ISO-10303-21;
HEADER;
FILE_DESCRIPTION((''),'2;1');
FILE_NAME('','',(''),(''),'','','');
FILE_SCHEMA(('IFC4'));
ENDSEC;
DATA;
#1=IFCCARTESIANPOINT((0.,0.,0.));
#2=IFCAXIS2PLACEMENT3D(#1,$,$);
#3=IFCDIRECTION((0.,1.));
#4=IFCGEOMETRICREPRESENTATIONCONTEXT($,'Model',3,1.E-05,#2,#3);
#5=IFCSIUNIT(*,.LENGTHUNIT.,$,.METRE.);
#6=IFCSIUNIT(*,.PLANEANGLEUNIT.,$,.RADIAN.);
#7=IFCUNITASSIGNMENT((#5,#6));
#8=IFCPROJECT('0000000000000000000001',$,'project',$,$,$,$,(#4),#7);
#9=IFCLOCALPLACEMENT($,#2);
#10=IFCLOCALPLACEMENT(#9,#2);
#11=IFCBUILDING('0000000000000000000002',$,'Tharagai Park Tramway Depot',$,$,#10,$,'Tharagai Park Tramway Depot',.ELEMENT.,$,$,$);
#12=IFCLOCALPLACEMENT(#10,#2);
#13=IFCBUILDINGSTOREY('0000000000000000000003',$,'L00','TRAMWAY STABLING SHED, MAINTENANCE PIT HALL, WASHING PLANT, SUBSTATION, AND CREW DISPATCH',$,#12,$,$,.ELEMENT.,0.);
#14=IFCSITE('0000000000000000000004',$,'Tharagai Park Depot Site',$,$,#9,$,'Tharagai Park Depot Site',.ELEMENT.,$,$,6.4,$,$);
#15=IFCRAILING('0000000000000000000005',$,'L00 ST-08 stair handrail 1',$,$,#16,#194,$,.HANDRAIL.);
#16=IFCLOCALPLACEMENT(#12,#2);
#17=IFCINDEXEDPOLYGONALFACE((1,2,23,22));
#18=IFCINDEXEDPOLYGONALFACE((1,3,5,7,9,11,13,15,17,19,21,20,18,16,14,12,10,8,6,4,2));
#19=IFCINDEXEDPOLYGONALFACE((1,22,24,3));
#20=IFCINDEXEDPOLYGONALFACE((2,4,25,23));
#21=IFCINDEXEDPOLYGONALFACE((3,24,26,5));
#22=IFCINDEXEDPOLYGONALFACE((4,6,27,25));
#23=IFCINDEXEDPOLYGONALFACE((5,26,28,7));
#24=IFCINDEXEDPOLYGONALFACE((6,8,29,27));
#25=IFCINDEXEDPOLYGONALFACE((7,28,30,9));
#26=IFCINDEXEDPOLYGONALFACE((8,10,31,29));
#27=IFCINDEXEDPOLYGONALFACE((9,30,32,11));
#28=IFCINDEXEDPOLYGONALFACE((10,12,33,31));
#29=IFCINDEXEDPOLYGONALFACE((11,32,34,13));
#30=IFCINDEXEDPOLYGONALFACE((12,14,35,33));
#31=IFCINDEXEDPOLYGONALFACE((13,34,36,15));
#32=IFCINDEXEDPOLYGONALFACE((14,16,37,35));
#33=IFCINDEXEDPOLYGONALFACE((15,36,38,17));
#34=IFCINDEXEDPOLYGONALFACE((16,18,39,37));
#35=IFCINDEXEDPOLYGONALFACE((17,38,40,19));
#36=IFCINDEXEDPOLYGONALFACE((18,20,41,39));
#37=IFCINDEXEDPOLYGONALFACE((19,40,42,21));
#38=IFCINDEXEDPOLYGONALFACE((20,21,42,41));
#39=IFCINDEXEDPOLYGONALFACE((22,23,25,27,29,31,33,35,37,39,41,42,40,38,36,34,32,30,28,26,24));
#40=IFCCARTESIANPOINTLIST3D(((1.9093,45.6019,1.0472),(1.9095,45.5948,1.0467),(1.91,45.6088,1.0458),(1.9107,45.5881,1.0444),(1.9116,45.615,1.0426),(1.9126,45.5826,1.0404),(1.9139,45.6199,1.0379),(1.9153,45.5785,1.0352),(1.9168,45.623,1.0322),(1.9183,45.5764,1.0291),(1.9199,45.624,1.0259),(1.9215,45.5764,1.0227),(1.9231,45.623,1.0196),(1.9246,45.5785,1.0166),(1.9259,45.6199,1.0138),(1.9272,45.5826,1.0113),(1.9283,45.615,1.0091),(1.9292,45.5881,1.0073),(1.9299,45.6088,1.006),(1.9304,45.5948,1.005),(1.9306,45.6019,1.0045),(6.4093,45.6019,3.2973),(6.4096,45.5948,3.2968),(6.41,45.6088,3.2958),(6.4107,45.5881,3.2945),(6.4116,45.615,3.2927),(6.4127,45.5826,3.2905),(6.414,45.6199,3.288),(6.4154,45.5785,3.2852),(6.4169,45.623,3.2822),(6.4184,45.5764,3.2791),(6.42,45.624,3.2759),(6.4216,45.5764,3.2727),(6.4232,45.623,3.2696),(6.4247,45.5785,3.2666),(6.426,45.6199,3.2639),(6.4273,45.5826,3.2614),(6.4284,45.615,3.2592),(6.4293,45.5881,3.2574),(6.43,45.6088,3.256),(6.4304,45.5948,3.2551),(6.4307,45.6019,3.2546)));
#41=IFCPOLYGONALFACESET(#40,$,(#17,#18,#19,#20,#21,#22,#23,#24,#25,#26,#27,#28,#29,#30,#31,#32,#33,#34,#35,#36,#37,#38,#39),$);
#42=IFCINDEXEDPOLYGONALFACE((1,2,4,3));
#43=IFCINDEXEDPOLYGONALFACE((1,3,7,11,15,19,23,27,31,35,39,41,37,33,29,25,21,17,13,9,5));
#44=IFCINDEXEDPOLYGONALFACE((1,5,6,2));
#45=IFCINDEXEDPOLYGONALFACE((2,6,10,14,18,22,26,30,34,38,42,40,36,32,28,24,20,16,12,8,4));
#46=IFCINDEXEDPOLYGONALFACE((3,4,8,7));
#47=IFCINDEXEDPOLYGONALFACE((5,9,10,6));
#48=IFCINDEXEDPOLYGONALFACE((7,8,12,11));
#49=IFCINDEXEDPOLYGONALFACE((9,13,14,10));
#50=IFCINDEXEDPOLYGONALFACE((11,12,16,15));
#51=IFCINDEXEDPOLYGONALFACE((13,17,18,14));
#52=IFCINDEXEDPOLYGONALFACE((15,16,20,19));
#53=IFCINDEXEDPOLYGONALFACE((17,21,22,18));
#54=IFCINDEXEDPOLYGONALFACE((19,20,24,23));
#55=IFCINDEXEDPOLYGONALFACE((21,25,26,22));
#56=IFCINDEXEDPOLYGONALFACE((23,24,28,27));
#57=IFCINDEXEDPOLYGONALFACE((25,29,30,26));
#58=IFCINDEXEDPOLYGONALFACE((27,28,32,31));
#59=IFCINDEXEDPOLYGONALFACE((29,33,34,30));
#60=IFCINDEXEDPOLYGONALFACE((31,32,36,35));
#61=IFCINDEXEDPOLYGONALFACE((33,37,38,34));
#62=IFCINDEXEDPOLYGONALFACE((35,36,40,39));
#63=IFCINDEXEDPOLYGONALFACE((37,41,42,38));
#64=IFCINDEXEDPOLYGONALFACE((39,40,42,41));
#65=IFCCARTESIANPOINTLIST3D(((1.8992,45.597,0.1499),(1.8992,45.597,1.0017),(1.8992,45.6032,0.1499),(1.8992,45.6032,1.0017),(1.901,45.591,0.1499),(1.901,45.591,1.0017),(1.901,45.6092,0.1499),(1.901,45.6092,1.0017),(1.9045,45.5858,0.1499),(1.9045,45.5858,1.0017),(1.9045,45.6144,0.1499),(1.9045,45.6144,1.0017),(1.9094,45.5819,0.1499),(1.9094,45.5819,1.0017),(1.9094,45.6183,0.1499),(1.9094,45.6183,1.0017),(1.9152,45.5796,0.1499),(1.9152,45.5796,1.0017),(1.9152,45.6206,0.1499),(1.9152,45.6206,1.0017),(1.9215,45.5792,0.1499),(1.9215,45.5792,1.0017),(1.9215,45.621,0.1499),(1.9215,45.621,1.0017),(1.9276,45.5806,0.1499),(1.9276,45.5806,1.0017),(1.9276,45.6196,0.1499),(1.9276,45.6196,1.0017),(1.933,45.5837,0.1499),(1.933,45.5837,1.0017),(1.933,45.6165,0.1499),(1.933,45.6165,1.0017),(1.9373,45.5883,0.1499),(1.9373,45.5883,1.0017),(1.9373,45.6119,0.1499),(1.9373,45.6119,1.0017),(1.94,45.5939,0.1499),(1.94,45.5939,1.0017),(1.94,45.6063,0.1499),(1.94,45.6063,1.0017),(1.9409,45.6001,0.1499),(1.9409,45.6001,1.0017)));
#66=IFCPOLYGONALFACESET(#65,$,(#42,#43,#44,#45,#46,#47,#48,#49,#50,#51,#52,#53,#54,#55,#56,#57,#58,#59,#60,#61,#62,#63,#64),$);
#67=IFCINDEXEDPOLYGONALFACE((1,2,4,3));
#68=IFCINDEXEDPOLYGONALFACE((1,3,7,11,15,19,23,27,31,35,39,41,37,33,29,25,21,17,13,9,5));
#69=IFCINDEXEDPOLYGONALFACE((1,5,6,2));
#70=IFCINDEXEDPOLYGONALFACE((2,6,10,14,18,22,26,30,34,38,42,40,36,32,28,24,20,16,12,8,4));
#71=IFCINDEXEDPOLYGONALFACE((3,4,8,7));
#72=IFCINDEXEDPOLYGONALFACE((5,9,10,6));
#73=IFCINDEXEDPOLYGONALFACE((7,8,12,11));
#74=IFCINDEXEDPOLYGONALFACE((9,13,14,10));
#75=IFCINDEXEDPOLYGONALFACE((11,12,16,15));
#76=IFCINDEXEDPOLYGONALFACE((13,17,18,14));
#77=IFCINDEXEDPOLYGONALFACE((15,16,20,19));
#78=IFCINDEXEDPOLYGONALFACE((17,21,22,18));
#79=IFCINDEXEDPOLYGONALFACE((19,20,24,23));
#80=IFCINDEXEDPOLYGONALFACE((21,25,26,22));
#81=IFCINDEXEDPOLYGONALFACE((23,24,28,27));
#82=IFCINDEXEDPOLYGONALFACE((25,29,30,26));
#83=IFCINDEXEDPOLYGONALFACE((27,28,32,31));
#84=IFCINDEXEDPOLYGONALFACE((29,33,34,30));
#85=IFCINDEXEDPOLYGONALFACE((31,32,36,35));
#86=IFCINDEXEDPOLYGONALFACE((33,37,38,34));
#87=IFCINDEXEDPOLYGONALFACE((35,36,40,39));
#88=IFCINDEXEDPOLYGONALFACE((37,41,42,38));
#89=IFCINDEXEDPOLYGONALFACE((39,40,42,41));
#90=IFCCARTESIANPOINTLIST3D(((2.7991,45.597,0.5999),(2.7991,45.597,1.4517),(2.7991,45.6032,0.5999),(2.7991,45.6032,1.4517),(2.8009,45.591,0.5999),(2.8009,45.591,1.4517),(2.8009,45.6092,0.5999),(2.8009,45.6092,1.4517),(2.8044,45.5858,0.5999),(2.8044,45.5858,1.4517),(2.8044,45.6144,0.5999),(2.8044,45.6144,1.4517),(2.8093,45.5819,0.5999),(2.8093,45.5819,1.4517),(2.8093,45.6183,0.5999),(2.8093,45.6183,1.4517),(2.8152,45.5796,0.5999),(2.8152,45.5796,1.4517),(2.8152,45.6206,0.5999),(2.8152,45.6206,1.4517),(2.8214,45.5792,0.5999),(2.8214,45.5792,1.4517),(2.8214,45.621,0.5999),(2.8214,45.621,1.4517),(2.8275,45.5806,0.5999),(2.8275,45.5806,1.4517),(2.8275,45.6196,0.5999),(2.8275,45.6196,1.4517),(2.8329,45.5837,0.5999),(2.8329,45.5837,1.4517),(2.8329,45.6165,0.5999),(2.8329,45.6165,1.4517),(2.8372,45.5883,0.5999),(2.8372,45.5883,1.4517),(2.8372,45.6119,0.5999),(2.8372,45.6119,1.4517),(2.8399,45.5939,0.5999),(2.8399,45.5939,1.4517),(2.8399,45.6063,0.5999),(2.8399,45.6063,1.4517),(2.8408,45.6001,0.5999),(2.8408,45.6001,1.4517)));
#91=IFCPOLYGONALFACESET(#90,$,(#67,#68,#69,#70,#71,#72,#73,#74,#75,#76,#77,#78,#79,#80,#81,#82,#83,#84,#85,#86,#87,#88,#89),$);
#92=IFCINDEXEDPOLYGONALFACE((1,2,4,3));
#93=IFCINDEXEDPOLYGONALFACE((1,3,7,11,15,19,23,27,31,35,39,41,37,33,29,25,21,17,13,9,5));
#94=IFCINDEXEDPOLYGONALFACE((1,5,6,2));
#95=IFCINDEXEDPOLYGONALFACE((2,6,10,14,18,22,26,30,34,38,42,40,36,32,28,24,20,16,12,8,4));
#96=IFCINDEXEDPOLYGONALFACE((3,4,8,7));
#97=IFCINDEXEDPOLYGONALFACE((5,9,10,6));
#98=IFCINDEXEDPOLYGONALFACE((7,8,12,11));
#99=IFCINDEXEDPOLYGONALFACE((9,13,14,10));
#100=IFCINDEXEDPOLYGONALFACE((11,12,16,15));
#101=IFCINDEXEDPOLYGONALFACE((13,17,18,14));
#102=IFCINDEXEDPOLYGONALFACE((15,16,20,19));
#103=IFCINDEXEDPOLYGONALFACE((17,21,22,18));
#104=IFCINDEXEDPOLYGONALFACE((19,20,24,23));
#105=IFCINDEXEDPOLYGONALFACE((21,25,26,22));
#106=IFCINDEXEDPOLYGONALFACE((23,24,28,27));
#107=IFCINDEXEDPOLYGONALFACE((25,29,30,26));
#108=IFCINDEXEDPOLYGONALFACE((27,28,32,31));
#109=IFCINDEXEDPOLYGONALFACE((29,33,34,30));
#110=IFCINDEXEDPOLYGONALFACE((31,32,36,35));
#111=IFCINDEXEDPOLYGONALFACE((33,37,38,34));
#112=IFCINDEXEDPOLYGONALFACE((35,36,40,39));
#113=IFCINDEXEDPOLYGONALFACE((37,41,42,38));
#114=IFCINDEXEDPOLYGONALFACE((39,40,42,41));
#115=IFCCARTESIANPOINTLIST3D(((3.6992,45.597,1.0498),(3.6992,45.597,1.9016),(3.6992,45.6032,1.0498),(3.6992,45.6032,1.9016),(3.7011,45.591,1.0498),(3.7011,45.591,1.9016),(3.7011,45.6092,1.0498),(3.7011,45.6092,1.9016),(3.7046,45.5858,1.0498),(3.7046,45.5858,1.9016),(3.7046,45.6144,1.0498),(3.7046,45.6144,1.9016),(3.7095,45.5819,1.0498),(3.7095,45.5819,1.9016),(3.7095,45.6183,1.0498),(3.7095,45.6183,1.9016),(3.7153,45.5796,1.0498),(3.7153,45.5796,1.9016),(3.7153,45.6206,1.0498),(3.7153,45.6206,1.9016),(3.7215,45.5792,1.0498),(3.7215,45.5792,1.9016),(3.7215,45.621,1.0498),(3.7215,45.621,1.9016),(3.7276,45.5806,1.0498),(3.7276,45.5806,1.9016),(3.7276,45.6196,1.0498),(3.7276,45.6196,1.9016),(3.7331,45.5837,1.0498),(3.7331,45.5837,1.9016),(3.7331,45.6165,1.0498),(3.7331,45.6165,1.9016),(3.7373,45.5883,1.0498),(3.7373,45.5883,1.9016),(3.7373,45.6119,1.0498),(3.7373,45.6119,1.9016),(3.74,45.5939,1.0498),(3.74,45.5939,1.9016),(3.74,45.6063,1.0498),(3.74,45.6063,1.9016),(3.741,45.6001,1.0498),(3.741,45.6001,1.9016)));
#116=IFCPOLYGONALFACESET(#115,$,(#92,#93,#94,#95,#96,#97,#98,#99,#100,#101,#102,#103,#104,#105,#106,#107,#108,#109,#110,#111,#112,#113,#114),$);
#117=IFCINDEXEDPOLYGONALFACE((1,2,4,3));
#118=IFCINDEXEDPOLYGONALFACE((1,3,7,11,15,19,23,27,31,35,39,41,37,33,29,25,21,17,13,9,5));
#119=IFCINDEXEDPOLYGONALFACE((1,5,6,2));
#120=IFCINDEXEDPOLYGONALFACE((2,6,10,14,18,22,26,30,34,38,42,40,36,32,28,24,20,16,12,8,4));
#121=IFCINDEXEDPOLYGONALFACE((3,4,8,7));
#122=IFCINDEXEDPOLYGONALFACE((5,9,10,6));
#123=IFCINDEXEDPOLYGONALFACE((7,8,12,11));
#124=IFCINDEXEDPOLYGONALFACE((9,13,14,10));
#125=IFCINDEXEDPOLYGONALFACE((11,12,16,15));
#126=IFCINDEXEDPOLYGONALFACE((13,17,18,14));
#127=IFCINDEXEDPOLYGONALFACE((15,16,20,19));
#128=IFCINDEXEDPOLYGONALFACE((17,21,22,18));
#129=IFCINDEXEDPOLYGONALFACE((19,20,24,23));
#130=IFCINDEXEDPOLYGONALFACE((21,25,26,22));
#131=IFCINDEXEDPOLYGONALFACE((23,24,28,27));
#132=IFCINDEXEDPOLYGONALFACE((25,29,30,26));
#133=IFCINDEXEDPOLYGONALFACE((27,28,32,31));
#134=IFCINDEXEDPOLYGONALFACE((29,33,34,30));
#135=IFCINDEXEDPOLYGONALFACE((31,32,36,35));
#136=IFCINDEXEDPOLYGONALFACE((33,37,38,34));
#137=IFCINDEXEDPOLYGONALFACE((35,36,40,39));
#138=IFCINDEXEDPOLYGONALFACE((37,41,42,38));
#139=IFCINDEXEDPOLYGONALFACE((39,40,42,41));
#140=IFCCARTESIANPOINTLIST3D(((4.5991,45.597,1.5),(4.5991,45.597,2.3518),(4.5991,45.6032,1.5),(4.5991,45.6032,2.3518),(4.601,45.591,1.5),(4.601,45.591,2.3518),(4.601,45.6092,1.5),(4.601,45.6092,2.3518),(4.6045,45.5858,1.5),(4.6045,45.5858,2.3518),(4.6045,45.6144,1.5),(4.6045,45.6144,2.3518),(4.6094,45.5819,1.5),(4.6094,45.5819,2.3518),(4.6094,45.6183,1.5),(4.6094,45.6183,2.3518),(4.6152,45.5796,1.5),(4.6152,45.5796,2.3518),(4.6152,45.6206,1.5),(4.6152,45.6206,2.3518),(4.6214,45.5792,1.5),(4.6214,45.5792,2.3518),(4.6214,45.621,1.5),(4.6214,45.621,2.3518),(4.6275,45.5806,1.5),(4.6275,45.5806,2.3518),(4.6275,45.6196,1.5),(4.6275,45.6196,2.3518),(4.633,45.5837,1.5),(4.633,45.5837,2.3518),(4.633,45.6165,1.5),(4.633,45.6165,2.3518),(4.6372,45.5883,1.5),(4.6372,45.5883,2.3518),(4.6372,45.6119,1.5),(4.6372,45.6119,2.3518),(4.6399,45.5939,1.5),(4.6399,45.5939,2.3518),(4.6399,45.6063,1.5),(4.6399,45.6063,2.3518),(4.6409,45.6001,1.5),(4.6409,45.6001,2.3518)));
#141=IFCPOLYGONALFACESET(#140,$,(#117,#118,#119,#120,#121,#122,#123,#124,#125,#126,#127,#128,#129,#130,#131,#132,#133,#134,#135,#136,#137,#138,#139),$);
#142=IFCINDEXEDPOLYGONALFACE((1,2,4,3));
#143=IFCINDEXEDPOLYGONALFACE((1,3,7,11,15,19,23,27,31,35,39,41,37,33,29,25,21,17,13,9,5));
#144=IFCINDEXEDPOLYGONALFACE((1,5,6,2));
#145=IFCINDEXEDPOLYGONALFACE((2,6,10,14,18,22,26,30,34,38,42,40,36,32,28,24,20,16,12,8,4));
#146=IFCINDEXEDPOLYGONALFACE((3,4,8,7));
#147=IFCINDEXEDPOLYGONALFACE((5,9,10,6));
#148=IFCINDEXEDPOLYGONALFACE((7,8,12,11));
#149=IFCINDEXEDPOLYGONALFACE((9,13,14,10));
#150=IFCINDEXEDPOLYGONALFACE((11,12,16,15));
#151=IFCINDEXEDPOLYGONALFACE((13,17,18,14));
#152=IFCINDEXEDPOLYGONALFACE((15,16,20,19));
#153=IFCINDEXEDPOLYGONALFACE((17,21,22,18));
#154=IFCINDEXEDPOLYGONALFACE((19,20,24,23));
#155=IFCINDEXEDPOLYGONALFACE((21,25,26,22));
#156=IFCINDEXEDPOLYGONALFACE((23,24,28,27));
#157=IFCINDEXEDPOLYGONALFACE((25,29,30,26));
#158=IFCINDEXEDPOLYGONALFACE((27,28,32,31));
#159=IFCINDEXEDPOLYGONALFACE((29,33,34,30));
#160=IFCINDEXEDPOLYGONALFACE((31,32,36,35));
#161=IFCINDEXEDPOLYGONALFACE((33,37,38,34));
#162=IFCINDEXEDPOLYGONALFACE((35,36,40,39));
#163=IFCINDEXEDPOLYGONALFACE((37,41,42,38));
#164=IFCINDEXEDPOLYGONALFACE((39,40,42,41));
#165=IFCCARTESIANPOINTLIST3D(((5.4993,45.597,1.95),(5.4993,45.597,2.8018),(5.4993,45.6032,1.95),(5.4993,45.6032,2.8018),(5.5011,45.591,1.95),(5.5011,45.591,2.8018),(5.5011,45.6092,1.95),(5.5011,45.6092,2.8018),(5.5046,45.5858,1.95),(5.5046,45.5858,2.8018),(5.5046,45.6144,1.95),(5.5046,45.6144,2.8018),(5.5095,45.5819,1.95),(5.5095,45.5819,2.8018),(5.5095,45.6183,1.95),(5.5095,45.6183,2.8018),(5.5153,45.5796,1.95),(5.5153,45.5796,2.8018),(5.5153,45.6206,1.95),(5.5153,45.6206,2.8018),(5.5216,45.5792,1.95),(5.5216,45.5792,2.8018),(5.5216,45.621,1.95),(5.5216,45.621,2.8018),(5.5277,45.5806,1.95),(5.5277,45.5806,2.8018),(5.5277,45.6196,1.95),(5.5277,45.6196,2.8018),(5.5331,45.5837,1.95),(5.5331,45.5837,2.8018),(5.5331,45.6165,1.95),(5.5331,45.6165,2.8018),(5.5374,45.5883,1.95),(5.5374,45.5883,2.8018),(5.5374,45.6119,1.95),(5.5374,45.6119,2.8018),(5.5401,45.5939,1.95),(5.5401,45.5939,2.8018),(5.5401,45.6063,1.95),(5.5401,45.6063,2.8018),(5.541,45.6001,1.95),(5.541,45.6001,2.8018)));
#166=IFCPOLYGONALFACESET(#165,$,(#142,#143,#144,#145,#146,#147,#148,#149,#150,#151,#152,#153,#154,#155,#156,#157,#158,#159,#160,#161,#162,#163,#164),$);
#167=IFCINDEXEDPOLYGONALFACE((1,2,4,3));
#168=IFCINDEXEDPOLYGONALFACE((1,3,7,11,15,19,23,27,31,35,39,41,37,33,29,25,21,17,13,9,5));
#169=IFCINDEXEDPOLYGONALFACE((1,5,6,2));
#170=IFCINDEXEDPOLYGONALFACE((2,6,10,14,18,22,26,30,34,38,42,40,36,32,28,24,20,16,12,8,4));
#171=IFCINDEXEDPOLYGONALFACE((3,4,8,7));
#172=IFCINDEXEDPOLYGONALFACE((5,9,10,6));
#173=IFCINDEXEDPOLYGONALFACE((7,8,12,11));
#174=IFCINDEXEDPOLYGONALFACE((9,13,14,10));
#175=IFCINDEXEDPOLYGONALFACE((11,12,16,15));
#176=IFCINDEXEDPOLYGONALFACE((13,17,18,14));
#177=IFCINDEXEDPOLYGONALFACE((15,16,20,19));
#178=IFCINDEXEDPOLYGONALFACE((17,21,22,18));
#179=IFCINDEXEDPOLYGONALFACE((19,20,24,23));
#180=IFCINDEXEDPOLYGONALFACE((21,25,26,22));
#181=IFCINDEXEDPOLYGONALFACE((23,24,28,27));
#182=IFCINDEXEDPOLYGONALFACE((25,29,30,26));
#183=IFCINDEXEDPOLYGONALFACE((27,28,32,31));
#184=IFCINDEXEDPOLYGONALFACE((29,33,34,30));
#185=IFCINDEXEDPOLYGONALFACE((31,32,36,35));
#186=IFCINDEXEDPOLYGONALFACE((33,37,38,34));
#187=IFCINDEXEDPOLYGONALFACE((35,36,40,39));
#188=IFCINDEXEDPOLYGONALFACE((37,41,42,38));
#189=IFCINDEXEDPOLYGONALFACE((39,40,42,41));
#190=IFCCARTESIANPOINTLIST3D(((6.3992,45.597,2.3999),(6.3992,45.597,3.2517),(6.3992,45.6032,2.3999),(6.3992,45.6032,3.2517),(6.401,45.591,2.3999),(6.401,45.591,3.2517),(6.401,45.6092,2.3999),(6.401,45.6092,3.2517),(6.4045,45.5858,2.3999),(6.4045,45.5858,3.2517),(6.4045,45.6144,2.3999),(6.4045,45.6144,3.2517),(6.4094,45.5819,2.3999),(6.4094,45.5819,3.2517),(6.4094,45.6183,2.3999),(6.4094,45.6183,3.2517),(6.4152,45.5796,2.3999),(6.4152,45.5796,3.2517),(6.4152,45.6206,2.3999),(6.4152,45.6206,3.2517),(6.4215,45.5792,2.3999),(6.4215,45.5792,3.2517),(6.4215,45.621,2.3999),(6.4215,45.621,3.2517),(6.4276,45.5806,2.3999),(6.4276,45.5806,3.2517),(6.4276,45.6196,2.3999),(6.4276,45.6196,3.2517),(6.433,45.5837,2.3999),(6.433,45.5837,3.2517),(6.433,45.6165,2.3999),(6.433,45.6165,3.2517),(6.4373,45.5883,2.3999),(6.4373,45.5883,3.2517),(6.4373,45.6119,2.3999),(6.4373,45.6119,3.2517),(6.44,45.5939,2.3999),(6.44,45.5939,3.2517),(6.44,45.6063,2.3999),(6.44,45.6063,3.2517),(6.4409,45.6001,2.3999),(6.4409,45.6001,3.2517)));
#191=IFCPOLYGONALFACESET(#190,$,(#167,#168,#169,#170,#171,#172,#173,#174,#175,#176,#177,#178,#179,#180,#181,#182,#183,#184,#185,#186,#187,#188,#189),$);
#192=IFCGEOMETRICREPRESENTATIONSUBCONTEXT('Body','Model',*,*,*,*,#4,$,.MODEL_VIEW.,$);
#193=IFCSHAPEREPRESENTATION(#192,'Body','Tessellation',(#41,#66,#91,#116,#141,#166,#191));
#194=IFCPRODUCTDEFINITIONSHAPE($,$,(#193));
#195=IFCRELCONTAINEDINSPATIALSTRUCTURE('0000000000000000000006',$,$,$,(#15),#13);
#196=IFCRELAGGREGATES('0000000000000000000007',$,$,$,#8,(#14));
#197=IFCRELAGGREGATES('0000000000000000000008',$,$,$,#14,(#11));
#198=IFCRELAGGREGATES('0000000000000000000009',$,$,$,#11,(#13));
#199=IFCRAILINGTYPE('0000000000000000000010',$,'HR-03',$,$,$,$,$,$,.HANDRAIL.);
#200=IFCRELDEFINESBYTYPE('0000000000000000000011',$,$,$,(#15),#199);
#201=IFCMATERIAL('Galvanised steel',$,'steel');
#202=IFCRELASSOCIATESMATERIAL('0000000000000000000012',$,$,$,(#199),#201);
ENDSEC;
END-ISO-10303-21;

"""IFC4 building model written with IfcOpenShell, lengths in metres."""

from ifc_helpers import new_model, si_unit, direction, frame, origin, origin_2d, place, context, subcontext, project, spatial, circle, extrude, material, type_object, element, save


model = new_model("IFC4")

# Units and contexts
model_context = context("Model", 3, precision=1e-05, world=origin(), true_north=direction((0.0, 1.0)))
body_context = subcontext(model_context, "Body", "Model", "MODEL_VIEW")
ifc_project = project(units=[si_unit("LENGTHUNIT", "METRE"), si_unit("PLANEANGLEUNIT", "RADIAN")], contexts=[model_context])

# Site, building, storey
site_placement = place(None, origin())
site = spatial("IfcSite", under=ifc_project, at=site_placement, Name="Tharagai Park Depot Site", LongName="Tharagai Park Depot Site", CompositionType="ELEMENT", RefElevation=6.4)
building_placement = place(site_placement, origin())
building = spatial("IfcBuilding", under=site, at=building_placement, Name="Tharagai Park Tramway Depot", LongName="Tharagai Park Tramway Depot", CompositionType="ELEMENT")
storey_placement = place(building_placement, origin())
storey = spatial("IfcBuildingStorey", under=building, at=storey_placement, Name="L00", Description="TRAMWAY STABLING SHED, MAINTENANCE PIT HALL, WASHING PLANT, SUBSTATION, AND CREW DISPATCH", CompositionType="ELEMENT", Elevation=0.0)

# Railing
ifc_material_1 = material(Name="Galvanised steel", Category="steel")
railing_type = type_object("IfcRailingType", Name="HR-03", PredefinedType="HANDRAIL", material=ifc_material_1)
railing_placement = place(storey_placement, frame((1.9199, 45.6001, 0.1499)))
element("IfcRailing", 1, at=railing_placement, inside=storey, type_object=railing_type, Name="L00 ST-08 stair handrail 1", PredefinedType="HANDRAIL", context=body_context, shape_type="SweptSolid", body=[
    extrude(circle(Radius=0.0239, at=origin_2d()), frame((0.0, 0.0, 0.876), z_axis=(0.894427, 0.0, 0.447214), x_axis=(0.0, 1.0, 0.0)), (0.0, 0.0, 1.0), 5.0312),
    extrude(circle(Radius=0.021, at=origin_2d()), origin(), (0.0, 0.0, 1.0), 0.8518),
    extrude(circle(Radius=0.021, at=origin_2d()), frame((0.8999, 0.0, 0.45)), (0.0, 0.0, 1.0), 0.8518),
    extrude(circle(Radius=0.021, at=origin_2d()), frame((1.8, 0.0, 0.8999)), (0.0, 0.0, 1.0), 0.8518),
    extrude(circle(Radius=0.021, at=origin_2d()), frame((2.7, 0.0, 1.3501)), (0.0, 0.0, 1.0), 0.8518),
    extrude(circle(Radius=0.021, at=origin_2d()), frame((3.6001, 0.0, 1.8)), (0.0, 0.0, 1.0), 0.8518),
    extrude(circle(Radius=0.021, at=origin_2d()), frame((4.5, 0.0, 2.25)), (0.0, 0.0, 1.0), 0.8518),
])

save(model, "model.ifc")
